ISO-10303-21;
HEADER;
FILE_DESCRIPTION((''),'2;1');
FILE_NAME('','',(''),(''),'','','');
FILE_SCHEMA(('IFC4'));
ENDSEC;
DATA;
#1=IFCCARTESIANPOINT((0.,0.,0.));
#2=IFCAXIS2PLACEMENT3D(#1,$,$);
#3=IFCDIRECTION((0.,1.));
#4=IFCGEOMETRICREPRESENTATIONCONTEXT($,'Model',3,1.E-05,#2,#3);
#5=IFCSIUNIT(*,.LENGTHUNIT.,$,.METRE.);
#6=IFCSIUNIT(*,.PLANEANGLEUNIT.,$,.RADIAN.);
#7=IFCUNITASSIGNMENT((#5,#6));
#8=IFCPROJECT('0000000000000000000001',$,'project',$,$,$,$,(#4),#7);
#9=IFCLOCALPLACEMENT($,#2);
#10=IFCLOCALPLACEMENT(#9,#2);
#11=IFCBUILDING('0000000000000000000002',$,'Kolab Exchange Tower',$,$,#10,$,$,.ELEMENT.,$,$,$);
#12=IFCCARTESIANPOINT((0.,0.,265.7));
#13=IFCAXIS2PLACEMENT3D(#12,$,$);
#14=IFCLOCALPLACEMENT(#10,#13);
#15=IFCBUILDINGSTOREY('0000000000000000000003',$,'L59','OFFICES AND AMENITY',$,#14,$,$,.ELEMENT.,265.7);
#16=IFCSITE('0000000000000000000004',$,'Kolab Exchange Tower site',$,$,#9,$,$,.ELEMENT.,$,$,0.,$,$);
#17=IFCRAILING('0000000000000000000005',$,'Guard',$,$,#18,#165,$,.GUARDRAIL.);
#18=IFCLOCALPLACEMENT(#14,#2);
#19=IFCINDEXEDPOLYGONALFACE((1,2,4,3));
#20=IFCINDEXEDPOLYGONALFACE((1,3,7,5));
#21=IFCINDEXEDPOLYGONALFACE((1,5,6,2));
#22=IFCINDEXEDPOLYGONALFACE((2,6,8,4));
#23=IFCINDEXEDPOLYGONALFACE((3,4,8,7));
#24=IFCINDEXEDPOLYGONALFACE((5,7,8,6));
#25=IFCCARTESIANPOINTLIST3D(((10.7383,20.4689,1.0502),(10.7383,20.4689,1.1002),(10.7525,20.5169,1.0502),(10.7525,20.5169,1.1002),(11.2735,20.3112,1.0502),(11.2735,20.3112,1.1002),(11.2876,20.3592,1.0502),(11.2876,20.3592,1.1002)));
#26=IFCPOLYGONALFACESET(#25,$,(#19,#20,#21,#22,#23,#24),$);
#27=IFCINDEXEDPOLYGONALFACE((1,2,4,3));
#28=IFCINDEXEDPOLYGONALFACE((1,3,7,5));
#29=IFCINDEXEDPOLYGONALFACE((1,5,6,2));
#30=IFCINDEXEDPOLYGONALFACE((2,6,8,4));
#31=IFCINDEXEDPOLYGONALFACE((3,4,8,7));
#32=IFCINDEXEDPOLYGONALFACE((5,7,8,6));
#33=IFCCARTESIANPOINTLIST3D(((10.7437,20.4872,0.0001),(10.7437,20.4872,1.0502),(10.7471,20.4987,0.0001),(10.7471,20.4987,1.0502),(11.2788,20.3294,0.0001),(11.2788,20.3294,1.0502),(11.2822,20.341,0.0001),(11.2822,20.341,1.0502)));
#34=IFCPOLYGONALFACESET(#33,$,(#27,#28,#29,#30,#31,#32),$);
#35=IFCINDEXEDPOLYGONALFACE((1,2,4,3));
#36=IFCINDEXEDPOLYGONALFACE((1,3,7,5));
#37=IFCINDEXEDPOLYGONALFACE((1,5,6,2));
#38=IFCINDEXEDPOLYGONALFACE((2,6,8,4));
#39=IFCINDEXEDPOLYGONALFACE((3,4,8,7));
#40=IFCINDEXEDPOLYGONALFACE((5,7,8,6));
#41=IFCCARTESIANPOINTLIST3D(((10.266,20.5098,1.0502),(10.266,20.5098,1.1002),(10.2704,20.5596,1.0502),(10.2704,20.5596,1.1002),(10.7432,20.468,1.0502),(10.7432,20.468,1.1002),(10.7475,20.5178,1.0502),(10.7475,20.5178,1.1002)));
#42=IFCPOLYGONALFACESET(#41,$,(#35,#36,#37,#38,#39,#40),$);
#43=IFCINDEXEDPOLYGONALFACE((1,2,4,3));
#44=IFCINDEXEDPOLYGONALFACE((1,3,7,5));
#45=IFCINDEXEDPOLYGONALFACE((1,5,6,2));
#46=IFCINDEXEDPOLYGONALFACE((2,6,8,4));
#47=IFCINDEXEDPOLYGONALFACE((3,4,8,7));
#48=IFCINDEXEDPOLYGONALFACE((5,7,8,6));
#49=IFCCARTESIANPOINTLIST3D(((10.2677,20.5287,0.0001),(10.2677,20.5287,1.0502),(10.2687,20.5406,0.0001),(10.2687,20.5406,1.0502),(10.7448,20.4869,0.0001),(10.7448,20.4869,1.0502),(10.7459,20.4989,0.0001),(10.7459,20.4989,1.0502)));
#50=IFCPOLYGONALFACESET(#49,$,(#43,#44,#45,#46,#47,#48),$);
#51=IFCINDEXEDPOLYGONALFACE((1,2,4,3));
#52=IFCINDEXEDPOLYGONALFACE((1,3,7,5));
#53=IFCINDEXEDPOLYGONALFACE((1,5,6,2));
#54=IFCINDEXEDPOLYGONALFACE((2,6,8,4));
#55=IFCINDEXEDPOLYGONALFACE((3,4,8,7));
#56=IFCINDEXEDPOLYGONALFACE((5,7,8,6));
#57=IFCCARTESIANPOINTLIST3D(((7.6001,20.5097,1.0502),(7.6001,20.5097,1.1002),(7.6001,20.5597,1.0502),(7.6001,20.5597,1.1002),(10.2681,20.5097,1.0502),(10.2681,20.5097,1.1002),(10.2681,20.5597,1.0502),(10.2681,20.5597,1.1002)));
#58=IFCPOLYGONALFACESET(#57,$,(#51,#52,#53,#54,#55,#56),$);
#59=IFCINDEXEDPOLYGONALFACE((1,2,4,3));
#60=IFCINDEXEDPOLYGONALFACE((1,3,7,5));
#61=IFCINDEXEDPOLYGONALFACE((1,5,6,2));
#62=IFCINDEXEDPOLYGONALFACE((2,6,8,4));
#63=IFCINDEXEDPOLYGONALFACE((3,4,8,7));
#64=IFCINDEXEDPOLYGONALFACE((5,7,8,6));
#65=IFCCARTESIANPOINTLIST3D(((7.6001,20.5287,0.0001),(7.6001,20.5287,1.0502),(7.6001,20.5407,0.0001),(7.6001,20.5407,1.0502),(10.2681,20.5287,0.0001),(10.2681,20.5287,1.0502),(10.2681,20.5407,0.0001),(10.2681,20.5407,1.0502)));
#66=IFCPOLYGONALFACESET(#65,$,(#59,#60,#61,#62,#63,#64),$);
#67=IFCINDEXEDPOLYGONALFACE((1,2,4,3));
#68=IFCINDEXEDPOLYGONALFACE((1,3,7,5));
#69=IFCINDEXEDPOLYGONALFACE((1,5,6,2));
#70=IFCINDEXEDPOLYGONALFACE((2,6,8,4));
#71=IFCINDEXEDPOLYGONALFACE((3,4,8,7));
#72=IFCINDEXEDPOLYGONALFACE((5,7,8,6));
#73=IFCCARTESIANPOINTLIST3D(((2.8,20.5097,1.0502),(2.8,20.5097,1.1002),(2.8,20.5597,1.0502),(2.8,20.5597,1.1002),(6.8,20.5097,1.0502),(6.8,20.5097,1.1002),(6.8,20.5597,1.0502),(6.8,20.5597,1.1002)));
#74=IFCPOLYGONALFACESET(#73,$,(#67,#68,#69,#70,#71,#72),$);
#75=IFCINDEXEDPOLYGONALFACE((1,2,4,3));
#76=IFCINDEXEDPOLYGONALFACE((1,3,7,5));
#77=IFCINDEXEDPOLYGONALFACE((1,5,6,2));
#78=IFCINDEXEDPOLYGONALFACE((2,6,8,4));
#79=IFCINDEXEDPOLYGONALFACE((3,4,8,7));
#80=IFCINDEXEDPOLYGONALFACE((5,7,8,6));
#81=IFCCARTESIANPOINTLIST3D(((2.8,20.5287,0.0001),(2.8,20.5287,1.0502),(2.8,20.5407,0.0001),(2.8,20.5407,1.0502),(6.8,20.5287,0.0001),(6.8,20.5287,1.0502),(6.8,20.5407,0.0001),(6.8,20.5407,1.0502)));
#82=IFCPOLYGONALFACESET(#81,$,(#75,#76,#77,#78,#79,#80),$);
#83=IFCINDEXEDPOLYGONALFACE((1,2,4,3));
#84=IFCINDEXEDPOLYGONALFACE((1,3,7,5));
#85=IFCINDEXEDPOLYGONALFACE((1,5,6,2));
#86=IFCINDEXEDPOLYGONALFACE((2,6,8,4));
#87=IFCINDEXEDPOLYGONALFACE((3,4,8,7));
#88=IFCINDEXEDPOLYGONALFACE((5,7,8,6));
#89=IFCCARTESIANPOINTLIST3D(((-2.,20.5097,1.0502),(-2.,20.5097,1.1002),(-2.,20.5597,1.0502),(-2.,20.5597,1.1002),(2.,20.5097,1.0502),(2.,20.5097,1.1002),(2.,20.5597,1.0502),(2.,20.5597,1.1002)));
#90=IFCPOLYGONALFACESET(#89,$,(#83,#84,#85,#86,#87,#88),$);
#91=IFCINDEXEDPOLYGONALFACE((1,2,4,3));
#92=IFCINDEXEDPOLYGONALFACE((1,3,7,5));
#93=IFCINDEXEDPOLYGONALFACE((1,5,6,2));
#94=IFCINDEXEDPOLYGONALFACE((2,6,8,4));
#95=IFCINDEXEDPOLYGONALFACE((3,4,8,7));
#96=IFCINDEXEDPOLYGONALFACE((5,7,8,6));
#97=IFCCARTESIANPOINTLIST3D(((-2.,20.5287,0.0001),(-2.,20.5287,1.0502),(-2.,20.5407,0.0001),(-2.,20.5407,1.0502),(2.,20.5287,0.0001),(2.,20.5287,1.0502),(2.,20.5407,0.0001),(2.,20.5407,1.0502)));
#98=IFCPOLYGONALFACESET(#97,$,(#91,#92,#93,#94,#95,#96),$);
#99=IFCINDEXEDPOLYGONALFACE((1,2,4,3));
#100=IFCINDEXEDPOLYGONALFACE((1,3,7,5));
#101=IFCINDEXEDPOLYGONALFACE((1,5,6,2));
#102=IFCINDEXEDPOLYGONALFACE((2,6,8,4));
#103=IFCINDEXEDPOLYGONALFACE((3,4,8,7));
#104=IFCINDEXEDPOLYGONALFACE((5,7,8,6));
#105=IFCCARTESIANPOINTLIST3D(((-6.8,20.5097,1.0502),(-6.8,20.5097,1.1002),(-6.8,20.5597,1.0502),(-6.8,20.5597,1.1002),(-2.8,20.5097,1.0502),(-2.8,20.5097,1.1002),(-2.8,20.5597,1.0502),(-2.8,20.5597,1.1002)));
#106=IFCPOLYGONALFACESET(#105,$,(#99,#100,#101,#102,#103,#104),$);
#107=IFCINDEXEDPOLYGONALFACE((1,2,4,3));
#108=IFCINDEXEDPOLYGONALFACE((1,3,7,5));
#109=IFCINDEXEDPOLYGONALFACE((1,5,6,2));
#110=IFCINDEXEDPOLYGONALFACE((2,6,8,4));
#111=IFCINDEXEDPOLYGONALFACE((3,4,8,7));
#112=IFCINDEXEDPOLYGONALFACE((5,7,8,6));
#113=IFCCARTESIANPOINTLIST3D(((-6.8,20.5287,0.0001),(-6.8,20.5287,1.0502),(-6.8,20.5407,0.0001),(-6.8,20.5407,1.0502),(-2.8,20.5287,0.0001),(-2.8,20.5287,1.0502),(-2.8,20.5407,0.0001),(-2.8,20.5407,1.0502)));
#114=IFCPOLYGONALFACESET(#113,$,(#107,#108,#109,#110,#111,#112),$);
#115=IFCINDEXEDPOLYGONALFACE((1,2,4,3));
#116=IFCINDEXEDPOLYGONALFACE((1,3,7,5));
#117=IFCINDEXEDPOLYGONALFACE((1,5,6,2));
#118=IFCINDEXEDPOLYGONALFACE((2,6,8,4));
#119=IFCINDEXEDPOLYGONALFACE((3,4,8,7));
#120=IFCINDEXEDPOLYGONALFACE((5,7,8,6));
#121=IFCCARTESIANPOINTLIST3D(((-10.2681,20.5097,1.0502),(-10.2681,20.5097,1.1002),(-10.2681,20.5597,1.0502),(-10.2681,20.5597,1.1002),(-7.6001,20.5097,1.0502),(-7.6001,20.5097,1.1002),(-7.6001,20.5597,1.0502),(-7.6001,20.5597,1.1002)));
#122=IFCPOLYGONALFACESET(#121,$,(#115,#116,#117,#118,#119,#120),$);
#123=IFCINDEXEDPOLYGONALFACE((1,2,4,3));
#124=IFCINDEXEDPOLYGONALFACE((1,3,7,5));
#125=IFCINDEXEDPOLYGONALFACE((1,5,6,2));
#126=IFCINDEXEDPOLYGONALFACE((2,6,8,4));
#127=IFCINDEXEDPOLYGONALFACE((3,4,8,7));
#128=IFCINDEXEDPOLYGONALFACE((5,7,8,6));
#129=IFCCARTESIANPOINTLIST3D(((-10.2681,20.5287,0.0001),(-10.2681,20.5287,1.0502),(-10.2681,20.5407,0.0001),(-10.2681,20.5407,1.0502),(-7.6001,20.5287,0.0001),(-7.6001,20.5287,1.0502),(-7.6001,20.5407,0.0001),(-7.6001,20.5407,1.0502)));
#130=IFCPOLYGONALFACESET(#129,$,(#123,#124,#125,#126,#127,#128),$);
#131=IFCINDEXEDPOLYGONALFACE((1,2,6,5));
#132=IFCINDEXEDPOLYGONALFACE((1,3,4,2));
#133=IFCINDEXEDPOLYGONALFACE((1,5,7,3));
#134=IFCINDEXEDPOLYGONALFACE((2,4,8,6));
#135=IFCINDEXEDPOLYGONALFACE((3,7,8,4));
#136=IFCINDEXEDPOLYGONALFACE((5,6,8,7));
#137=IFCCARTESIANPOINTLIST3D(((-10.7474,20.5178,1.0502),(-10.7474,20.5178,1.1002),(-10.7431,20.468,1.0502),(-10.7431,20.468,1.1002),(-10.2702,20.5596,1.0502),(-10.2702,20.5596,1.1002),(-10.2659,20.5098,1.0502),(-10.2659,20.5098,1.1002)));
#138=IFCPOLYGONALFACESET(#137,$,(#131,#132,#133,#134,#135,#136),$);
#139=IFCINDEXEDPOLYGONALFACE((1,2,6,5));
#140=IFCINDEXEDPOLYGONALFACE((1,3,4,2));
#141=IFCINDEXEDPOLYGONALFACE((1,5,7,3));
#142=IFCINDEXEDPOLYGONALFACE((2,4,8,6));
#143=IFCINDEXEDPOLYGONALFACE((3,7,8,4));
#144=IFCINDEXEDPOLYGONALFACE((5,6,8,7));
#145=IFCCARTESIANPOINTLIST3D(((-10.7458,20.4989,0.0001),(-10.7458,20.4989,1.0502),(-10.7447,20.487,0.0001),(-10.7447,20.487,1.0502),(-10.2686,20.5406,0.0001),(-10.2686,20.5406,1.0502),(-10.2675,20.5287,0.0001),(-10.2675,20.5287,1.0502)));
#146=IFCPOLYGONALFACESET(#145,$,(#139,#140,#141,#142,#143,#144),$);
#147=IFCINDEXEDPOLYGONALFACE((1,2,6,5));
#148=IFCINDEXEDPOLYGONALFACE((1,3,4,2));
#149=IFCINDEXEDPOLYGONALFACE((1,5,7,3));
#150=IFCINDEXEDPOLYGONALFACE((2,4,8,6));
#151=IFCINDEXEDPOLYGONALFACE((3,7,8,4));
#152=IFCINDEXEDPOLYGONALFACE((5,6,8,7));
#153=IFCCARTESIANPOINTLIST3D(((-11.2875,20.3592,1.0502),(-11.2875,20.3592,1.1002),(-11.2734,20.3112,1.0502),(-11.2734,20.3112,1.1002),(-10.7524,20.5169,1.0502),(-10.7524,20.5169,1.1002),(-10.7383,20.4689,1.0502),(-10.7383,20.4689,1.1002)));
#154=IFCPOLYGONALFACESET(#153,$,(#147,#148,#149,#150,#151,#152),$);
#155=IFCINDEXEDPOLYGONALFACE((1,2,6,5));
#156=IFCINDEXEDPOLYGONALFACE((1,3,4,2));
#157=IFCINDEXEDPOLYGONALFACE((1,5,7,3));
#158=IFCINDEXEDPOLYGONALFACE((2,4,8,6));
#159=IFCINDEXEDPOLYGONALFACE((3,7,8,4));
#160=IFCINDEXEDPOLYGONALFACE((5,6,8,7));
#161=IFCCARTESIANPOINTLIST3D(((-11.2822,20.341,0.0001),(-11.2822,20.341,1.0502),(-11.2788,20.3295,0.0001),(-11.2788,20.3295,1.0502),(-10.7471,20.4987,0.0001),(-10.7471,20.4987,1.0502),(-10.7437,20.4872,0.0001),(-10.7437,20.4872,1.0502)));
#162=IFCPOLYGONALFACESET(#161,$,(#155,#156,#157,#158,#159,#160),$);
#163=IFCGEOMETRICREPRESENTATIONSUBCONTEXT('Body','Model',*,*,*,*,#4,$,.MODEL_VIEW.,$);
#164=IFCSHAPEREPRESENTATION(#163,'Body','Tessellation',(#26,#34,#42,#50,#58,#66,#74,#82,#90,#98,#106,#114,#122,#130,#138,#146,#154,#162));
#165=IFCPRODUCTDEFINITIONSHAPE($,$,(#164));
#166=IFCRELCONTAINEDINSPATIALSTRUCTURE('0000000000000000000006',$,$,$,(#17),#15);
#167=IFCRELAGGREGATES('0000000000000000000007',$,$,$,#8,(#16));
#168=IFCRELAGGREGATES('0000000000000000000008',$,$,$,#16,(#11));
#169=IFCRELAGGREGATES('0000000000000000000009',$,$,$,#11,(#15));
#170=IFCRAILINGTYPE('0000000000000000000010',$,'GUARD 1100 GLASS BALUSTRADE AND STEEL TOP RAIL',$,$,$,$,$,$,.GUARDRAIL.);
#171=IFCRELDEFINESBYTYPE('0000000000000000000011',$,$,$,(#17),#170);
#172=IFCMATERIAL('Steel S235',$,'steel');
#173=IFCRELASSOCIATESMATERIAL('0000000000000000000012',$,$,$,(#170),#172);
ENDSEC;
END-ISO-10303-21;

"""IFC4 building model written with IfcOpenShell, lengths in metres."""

from ifc_helpers import new_model, si_unit, direction, frame, frame_2d, origin, origin_2d, place, context, subcontext, project, spatial, rectangle, extrude, material, type_object, element, save


model = new_model("IFC4")

# Units and contexts
model_context = context("Model", 3, precision=1e-05, world=origin(), true_north=direction((0.0, 1.0)))
body_context = subcontext(model_context, "Body", "Model", "MODEL_VIEW")
ifc_project = project(units=[si_unit("LENGTHUNIT", "METRE"), si_unit("PLANEANGLEUNIT", "RADIAN")], contexts=[model_context])

# Site, building, storey
site_placement = place(None, origin())
site = spatial("IfcSite", under=ifc_project, at=site_placement, Name="Kolab Exchange Tower site", CompositionType="ELEMENT", RefElevation=0.0)
building_placement = place(site_placement, origin())
building = spatial("IfcBuilding", under=site, at=building_placement, Name="Kolab Exchange Tower", CompositionType="ELEMENT")
storey_placement = place(building_placement, frame((0.0, 0.0, 265.7)))
storey = spatial("IfcBuildingStorey", under=building, at=storey_placement, Name="L59", Description="OFFICES AND AMENITY", CompositionType="ELEMENT", Elevation=265.7)

# Railing
ifc_material_1 = material(Name="Steel S235", Category="steel")
railing_type = type_object("IfcRailingType", Name="GUARD 1100 GLASS BALUSTRADE AND STEEL TOP RAIL", PredefinedType="GUARDRAIL", material=ifc_material_1)
railing_placement = place(storey_placement, frame((11.2805, 20.3352, 0.0)))
element("IfcRailing", 1, at=railing_placement, inside=storey, type_object=railing_type, Name="Guard", PredefinedType="GUARDRAIL", context=body_context, shape_type="SweptSolid", body=[
    extrude(rectangle(XDim=0.05, YDim=0.05, at=origin_2d()), frame((0.0, 0.0, 1.0752), z_axis=(-0.959212, 0.282687, 0.0), x_axis=(-0.282687, -0.959212, 0.0)), (0.0, 0.0, 1.0), 0.5579),
    extrude(rectangle(XDim=0.012, YDim=1.0501, at=frame_2d((0.0, 0.5251))), frame((0.0, 0.0, 0.0), z_axis=(-0.959212, 0.282687, 0.0), x_axis=(-0.282687, -0.959212, 0.0)), (0.0, 0.0, 1.0), 0.5579),
    extrude(rectangle(XDim=0.05, YDim=0.05, at=origin_2d()), frame((-0.5352, 0.1577, 1.0752), z_axis=(-0.996196, 0.087135, 0.0), x_axis=(-0.087135, -0.996196, 0.0)), (0.0, 0.0, 1.0), 0.479),
    extrude(rectangle(XDim=0.012, YDim=1.0501, at=frame_2d((0.0, 0.5251))), frame((-0.5352, 0.1577, 0.0), z_axis=(-0.996196, 0.087135, 0.0), x_axis=(-0.087135, -0.996196, 0.0)), (0.0, 0.0, 1.0), 0.479),
    extrude(rectangle(XDim=0.05, YDim=0.05, at=origin_2d()), frame((-1.0125, 0.1995, 1.0752), z_axis=(-1.0, 0.0, 0.0), x_axis=(0.0, -1.0, 0.0)), (0.0, 0.0, 1.0), 2.668),
    extrude(rectangle(XDim=0.012, YDim=1.0501, at=frame_2d((0.0, 0.5251))), frame((-1.0125, 0.1995, 0.0), z_axis=(-1.0, 0.0, 0.0), x_axis=(0.0, -1.0, 0.0)), (0.0, 0.0, 1.0), 2.668),
    extrude(rectangle(XDim=0.05, YDim=0.05, at=origin_2d()), frame((-4.4805, 0.1995, 1.0752), z_axis=(-1.0, 0.0, 0.0), x_axis=(0.0, -1.0, 0.0)), (0.0, 0.0, 1.0), 4.0),
    extrude(rectangle(XDim=0.012, YDim=1.0501, at=frame_2d((0.0, 0.5251))), frame((-4.4805, 0.1995, 0.0), z_axis=(-1.0, 0.0, 0.0), x_axis=(0.0, -1.0, 0.0)), (0.0, 0.0, 1.0), 4.0),
    extrude(rectangle(XDim=0.05, YDim=0.05, at=origin_2d()), frame((-9.2805, 0.1995, 1.0752), z_axis=(-1.0, 0.0, 0.0), x_axis=(0.0, -1.0, 0.0)), (0.0, 0.0, 1.0), 4.0),
    extrude(rectangle(XDim=0.012, YDim=1.0501, at=frame_2d((0.0, 0.5251))), frame((-9.2805, 0.1995, 0.0), z_axis=(-1.0, 0.0, 0.0), x_axis=(0.0, -1.0, 0.0)), (0.0, 0.0, 1.0), 4.0),
    extrude(rectangle(XDim=0.05, YDim=0.05, at=origin_2d()), frame((-14.0806, 0.1995, 1.0752), z_axis=(-1.0, 0.0, 0.0), x_axis=(0.0, -1.0, 0.0)), (0.0, 0.0, 1.0), 4.0),
    extrude(rectangle(XDim=0.012, YDim=1.0501, at=frame_2d((0.0, 0.5251))), frame((-14.0806, 0.1995, 0.0), z_axis=(-1.0, 0.0, 0.0), x_axis=(0.0, -1.0, 0.0)), (0.0, 0.0, 1.0), 4.0),
    extrude(rectangle(XDim=0.05, YDim=0.05, at=origin_2d()), frame((-18.8806, 0.1995, 1.0752), z_axis=(-1.0, 0.0, 0.0), x_axis=(0.0, -1.0, 0.0)), (0.0, 0.0, 1.0), 2.668),
    extrude(rectangle(XDim=0.012, YDim=1.0501, at=frame_2d((0.0, 0.5251))), frame((-18.8806, 0.1995, 0.0), z_axis=(-1.0, 0.0, 0.0), x_axis=(0.0, -1.0, 0.0)), (0.0, 0.0, 1.0), 2.668),
    extrude(rectangle(XDim=0.05, YDim=0.05, at=origin_2d()), frame((-21.5486, 0.1995, 1.0752), z_axis=(-0.996196, -0.087135, 0.0), x_axis=(0.087135, -0.996196, 0.0)), (0.0, 0.0, 1.0), 0.479),
    extrude(rectangle(XDim=0.012, YDim=1.0501, at=frame_2d((0.0, 0.5251))), frame((-21.5486, 0.1995, 0.0), z_axis=(-0.996196, -0.087135, 0.0), x_axis=(0.087135, -0.996196, 0.0)), (0.0, 0.0, 1.0), 0.479),
    extrude(rectangle(XDim=0.05, YDim=0.05, at=origin_2d()), frame((-22.0259, 0.1577, 1.0752), z_axis=(-0.959212, -0.282687, 0.0), x_axis=(0.282687, -0.959212, 0.0)), (0.0, 0.0, 1.0), 0.5579),
    extrude(rectangle(XDim=0.012, YDim=1.0501, at=frame_2d((0.0, 0.5251))), frame((-22.0259, 0.1577, 0.0), z_axis=(-0.959212, -0.282687, 0.0), x_axis=(0.282687, -0.959212, 0.0)), (0.0, 0.0, 1.0), 0.5579),
])

save(model, "model.ifc")
